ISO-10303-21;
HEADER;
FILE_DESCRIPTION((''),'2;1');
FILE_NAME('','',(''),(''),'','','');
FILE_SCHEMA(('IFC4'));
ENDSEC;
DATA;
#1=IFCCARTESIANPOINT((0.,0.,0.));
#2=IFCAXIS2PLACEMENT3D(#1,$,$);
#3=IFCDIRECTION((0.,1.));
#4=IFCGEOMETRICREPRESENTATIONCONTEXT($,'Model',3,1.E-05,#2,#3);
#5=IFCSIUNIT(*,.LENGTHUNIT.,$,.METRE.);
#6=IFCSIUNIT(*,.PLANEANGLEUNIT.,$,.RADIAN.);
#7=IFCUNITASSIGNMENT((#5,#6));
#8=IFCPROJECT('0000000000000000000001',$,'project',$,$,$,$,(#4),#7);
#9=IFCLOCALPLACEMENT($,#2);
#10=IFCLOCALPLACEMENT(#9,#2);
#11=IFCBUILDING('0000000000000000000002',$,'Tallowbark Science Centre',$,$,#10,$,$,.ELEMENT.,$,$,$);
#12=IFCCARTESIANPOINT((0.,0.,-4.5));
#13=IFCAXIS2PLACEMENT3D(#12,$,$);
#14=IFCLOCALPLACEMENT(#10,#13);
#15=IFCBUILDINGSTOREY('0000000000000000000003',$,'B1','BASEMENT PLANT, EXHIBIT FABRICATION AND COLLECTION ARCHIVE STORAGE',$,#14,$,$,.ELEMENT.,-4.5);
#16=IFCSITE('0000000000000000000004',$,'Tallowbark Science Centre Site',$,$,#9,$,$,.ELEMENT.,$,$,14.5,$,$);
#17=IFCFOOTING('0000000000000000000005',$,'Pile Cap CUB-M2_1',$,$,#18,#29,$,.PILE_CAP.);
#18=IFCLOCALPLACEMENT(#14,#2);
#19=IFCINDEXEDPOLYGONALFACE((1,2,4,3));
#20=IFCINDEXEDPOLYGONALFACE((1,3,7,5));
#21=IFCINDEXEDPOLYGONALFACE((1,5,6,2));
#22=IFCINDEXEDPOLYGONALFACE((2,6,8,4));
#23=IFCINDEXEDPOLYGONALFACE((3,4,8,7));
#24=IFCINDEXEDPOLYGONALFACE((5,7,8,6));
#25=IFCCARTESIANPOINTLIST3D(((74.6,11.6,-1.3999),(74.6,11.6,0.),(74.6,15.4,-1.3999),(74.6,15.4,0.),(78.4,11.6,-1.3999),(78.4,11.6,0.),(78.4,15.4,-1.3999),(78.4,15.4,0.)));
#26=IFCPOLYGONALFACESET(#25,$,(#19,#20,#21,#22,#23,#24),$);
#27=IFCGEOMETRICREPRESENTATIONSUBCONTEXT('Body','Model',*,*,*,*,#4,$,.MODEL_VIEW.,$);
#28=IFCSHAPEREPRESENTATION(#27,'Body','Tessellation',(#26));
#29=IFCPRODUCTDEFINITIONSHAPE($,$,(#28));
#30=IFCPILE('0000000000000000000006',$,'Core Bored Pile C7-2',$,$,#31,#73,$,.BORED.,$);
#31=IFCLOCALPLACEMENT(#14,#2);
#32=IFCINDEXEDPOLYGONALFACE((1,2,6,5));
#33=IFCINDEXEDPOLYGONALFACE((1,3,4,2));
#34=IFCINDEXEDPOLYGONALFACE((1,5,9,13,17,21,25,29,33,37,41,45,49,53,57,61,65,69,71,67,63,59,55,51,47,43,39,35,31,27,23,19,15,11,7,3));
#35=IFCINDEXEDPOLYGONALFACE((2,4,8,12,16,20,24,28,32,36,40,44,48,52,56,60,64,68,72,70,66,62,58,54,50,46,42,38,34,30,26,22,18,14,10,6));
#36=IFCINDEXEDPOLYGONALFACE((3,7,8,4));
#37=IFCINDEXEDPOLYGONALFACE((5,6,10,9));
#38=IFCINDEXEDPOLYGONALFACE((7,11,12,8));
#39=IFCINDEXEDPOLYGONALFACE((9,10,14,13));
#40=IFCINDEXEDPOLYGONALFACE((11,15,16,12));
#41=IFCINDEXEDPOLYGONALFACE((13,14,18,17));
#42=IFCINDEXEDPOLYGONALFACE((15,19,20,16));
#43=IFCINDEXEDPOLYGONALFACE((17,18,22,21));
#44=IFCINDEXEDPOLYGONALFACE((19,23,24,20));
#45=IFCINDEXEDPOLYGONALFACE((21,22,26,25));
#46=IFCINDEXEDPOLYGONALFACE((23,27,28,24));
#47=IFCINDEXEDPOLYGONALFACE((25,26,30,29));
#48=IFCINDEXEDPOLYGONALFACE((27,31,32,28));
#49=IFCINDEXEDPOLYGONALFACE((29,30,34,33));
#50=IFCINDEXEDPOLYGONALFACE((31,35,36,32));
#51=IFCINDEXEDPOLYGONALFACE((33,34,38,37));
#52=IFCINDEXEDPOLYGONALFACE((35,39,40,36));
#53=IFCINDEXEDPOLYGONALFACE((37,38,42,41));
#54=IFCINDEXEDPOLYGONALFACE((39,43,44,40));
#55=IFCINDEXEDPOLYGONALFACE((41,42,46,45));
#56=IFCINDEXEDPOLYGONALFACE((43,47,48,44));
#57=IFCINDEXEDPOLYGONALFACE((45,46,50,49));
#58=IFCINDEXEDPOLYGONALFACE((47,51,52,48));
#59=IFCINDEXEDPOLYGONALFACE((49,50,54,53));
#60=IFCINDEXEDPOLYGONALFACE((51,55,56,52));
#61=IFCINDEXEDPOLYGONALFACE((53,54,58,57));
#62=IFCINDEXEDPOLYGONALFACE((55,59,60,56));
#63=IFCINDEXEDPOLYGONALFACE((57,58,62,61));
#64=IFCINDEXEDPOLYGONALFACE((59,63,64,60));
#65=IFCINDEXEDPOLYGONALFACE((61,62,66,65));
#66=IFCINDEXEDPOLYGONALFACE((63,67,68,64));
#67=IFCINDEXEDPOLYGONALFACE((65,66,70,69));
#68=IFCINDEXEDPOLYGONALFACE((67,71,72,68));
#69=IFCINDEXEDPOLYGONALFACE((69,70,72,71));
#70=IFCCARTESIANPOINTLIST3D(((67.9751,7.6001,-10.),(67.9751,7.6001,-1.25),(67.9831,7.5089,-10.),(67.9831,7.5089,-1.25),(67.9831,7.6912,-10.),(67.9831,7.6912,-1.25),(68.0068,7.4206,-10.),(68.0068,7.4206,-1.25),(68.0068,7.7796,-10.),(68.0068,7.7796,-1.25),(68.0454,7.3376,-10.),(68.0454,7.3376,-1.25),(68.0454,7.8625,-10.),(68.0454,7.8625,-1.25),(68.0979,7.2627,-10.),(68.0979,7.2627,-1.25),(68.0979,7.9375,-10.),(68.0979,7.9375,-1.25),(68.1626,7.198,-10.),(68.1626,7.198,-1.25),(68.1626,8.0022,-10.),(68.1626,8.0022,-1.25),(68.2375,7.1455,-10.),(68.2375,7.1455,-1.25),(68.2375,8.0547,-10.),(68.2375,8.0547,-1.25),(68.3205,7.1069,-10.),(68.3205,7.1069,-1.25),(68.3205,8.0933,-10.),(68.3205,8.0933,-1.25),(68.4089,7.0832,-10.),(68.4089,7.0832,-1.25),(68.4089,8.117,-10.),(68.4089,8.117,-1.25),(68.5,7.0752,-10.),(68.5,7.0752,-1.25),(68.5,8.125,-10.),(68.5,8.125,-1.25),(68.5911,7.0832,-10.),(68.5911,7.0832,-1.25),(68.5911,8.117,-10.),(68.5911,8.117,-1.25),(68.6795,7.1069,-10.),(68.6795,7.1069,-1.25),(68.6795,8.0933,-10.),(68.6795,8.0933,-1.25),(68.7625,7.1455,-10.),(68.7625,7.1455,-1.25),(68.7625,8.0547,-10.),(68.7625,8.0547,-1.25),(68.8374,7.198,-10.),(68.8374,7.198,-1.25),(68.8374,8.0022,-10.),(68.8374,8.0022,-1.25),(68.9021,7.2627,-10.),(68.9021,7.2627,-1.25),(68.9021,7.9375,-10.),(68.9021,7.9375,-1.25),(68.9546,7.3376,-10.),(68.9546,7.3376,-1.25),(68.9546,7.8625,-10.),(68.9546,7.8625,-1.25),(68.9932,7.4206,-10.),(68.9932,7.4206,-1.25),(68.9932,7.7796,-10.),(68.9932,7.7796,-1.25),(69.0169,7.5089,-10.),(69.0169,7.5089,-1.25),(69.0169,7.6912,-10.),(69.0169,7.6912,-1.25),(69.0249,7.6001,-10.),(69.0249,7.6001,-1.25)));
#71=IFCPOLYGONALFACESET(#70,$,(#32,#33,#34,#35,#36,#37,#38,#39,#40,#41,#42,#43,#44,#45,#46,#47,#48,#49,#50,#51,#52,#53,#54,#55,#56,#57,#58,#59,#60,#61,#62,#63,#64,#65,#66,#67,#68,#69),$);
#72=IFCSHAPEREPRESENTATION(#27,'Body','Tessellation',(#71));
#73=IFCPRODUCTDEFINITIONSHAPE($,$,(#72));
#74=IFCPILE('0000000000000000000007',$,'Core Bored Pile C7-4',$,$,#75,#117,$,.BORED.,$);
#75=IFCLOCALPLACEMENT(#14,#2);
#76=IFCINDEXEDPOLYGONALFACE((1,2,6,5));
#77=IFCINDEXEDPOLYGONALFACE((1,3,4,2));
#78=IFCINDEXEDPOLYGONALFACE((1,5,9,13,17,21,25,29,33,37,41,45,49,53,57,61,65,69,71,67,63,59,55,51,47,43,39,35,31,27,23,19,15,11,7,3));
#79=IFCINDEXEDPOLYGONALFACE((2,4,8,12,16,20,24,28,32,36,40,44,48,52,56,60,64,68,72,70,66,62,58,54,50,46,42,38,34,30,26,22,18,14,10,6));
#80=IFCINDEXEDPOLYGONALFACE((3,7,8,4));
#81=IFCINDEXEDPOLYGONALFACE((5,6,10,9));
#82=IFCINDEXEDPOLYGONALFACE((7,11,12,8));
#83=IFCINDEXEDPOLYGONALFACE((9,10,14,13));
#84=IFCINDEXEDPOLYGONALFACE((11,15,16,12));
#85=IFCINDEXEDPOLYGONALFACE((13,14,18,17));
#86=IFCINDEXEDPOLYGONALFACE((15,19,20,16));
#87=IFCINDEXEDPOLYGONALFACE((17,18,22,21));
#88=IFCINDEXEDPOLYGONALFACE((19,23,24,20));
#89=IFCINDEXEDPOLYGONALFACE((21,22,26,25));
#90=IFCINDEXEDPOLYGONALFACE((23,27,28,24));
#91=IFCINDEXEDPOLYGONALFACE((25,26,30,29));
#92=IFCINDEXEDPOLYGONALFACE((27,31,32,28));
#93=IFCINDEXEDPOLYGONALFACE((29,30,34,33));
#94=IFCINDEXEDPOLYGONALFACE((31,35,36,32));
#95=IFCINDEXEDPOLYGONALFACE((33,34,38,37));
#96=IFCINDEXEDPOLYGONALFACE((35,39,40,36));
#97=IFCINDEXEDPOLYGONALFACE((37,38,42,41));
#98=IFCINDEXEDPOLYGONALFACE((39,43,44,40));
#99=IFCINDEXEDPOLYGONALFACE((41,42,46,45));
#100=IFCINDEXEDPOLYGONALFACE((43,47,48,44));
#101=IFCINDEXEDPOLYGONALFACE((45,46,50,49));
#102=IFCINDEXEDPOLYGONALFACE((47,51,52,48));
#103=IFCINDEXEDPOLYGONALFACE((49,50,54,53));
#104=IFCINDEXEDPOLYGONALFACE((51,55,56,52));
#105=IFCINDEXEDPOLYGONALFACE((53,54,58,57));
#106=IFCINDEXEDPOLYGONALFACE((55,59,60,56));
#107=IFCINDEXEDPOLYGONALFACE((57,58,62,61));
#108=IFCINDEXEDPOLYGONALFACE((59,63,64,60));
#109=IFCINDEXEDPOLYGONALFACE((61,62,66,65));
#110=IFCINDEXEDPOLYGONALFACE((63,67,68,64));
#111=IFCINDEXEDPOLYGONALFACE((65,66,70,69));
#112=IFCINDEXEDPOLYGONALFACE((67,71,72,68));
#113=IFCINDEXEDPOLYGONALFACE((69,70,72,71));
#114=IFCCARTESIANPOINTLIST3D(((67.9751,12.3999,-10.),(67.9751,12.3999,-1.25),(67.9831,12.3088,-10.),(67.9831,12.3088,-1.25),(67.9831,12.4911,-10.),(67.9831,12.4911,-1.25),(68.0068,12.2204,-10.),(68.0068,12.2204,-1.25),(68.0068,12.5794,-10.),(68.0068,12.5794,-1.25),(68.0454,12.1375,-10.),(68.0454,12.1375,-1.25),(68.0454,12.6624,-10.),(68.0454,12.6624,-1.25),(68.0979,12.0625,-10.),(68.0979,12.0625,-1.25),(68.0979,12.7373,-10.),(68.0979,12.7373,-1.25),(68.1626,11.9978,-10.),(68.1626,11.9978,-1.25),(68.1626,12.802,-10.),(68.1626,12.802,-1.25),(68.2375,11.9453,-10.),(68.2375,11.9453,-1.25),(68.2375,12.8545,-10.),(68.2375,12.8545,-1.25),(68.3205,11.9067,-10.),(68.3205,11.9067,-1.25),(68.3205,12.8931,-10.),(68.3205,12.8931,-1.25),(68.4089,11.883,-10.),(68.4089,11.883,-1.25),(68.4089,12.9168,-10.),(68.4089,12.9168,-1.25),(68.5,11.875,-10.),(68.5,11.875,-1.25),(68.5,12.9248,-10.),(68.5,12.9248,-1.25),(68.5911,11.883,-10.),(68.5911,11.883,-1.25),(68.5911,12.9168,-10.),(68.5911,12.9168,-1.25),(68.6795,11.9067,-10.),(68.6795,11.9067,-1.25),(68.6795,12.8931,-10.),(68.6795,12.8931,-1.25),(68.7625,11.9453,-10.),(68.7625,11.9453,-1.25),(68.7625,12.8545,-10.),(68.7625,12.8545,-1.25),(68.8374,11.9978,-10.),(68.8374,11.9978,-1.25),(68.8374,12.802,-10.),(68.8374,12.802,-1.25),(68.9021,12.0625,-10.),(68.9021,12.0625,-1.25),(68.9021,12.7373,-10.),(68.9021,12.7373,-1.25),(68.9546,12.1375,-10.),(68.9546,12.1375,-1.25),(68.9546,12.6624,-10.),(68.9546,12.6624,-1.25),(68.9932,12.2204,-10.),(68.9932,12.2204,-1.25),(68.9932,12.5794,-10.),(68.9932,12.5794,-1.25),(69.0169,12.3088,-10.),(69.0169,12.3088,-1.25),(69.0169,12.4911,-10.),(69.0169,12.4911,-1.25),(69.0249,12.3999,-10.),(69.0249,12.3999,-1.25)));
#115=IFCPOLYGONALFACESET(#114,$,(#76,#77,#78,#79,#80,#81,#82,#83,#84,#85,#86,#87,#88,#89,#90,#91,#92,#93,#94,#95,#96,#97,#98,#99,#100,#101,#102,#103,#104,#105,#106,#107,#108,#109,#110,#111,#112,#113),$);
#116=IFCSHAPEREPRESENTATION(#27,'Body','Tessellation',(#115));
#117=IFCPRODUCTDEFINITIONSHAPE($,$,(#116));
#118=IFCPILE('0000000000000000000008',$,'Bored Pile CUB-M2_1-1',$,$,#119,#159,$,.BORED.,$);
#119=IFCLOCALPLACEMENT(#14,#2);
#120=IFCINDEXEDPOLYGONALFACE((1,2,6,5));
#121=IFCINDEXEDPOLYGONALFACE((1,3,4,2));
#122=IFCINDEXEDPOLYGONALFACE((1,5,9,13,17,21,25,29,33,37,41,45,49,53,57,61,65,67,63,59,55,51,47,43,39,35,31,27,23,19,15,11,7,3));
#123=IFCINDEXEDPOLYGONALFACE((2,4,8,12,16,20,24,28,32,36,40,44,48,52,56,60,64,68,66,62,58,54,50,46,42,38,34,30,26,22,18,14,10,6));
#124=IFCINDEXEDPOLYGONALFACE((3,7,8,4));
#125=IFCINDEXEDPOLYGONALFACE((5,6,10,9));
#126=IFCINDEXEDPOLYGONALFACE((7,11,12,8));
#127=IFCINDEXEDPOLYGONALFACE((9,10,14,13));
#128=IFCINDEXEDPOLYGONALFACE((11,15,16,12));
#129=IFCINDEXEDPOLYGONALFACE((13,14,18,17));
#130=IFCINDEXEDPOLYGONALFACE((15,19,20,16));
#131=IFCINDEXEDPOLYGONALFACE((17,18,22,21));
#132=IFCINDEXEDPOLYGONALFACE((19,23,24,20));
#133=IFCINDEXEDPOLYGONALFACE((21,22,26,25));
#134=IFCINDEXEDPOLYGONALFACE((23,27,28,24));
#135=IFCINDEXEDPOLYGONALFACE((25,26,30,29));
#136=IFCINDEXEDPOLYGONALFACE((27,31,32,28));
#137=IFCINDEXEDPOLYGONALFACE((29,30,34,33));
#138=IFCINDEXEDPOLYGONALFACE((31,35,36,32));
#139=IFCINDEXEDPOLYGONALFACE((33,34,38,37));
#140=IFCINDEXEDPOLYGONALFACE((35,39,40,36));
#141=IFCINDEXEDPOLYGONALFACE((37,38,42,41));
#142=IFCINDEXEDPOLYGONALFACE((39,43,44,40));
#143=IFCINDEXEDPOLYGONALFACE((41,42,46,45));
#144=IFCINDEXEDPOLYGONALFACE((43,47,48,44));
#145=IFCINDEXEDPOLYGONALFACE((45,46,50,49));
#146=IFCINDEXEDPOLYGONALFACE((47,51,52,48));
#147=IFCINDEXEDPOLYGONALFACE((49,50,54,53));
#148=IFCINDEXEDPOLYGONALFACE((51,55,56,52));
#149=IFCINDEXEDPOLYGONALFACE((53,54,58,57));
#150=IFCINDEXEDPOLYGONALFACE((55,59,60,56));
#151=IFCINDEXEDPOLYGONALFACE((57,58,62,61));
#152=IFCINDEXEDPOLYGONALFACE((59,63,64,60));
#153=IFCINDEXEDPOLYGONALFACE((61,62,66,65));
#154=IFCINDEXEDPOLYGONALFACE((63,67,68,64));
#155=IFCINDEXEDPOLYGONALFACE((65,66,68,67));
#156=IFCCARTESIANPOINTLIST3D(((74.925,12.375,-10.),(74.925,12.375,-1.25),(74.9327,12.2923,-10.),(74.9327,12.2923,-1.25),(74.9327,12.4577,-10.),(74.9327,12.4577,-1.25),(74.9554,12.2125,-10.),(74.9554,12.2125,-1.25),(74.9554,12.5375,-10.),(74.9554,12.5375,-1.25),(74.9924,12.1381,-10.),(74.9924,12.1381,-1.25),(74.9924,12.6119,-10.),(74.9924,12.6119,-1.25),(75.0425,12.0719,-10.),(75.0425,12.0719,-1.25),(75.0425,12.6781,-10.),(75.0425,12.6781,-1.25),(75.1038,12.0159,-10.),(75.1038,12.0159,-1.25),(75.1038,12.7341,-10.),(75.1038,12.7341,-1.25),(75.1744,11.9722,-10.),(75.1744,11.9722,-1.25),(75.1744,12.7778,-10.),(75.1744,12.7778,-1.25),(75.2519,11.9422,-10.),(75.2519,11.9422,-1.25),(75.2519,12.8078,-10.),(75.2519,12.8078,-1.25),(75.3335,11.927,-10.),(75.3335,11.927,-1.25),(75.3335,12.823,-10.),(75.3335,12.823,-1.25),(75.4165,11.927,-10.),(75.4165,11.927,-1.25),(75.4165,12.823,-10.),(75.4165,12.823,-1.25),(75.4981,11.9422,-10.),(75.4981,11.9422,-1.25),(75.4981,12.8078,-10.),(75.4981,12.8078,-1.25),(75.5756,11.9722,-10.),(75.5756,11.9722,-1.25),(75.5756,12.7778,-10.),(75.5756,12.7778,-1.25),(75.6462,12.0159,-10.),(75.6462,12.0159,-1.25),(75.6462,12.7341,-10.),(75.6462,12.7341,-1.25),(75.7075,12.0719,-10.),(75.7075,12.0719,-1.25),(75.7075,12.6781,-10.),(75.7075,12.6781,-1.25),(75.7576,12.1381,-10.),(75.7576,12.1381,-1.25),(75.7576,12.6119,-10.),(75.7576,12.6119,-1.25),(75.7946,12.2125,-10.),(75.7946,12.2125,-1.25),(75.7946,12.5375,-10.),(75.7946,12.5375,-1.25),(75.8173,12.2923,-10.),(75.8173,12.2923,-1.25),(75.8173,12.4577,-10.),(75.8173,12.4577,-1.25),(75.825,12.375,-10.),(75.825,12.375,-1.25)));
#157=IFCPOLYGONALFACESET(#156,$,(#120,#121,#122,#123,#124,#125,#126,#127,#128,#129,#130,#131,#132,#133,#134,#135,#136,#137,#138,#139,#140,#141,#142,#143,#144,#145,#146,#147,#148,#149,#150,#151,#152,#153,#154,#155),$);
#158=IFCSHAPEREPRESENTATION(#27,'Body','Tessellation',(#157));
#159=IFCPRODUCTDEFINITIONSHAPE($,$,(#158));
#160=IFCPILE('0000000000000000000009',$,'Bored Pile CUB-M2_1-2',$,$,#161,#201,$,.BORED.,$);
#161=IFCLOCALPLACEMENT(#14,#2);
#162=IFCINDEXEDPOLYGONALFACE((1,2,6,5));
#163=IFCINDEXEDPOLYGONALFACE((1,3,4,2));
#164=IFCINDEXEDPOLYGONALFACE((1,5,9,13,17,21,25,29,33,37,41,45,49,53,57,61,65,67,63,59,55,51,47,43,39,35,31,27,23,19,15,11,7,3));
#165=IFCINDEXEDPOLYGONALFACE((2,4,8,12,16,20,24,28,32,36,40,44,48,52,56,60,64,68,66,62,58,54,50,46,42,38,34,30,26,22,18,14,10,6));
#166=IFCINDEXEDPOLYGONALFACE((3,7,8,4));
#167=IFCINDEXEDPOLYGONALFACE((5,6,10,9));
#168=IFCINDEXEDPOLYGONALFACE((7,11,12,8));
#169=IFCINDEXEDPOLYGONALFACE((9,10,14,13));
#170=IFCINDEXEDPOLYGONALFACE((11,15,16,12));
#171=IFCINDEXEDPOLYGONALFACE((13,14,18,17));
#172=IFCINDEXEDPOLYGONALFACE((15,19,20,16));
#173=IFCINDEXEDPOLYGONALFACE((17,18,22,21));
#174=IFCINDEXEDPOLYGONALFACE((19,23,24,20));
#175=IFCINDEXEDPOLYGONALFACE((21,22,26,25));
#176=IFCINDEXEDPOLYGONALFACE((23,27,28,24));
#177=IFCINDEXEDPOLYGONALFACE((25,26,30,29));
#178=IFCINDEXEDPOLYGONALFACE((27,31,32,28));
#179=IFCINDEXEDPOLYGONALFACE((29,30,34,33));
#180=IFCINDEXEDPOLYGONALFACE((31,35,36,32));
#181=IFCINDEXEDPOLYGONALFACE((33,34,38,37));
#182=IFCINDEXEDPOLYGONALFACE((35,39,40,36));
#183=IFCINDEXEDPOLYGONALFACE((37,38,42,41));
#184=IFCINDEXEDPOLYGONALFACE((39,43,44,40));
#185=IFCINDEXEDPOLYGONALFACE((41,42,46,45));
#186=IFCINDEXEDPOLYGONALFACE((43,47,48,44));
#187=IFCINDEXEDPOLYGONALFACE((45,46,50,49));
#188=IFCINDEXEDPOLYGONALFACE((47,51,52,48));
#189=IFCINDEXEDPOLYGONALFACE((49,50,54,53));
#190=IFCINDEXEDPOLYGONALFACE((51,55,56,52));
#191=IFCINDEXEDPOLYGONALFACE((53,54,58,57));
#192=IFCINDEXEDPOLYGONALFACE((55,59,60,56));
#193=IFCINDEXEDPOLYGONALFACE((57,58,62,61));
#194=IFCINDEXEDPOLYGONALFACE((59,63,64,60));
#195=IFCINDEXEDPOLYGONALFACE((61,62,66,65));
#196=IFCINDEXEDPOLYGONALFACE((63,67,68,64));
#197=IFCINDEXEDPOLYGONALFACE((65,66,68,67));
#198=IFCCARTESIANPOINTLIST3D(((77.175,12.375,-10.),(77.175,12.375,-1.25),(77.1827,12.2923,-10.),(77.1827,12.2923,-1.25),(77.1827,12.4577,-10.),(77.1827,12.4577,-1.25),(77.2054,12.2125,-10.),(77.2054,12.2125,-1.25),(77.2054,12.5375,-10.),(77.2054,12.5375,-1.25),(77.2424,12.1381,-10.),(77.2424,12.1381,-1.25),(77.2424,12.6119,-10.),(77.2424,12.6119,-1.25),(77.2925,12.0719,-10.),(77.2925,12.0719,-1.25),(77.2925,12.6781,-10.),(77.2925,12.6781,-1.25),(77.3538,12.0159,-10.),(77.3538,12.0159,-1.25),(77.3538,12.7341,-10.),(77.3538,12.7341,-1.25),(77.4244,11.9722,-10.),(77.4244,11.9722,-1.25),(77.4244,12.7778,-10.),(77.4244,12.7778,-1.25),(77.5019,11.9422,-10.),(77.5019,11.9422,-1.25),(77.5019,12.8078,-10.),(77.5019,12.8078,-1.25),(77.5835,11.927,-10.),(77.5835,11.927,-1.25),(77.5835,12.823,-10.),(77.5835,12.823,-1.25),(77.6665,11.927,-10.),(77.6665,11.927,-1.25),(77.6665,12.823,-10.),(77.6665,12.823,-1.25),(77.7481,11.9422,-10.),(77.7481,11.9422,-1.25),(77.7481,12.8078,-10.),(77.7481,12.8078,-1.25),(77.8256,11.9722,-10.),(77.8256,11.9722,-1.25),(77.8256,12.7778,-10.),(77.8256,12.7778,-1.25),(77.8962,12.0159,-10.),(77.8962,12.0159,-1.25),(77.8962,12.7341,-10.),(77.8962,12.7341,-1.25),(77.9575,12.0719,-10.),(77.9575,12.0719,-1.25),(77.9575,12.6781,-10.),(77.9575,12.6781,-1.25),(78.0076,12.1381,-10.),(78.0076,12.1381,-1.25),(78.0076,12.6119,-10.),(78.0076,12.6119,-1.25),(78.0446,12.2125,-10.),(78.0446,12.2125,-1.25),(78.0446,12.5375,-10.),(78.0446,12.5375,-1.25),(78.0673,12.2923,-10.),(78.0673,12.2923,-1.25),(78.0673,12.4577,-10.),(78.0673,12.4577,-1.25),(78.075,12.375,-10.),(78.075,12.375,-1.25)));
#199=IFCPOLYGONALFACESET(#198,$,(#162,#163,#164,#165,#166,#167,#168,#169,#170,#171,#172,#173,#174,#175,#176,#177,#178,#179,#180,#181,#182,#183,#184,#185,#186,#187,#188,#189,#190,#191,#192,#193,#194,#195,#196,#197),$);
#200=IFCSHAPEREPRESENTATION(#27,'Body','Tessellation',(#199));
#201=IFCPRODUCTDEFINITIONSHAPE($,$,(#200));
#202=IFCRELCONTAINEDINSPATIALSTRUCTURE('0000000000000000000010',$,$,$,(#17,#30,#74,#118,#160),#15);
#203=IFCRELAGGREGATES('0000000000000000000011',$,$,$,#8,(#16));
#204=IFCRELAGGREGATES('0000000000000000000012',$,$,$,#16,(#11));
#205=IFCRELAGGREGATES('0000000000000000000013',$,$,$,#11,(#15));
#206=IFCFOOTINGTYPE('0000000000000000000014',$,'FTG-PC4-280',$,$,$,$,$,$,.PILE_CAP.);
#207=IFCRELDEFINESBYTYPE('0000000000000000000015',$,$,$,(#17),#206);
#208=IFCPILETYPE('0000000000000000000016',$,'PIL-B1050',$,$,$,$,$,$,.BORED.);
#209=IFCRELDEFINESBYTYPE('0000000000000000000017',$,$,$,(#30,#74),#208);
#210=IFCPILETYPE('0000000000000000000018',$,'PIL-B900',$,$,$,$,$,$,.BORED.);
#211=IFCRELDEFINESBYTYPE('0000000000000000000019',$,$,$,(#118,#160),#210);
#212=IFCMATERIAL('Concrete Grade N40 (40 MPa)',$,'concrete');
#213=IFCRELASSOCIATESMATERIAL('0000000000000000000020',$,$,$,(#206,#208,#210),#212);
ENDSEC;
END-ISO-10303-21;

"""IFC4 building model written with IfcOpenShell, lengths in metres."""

from ifc_helpers import new_model, si_unit, direction, frame, origin, origin_2d, place, context, subcontext, project, spatial, rectangle, circle, extrude, material, material_profile, profile_set, type_object, element, save


model = new_model("IFC4")

# Units and contexts
model_context = context("Model", 3, precision=1e-05, world=origin(), true_north=direction((0.0, 1.0)))
body_context = subcontext(model_context, "Body", "Model", "MODEL_VIEW")
ifc_project = project(units=[si_unit("LENGTHUNIT", "METRE"), si_unit("PLANEANGLEUNIT", "RADIAN")], contexts=[model_context])

# Site, building, storey
site_placement = place(None, origin())
site = spatial("IfcSite", under=ifc_project, at=site_placement, Name="Tallowbark Science Centre Site", CompositionType="ELEMENT", RefElevation=14.5)
building_placement = place(site_placement, origin())
building = spatial("IfcBuilding", under=site, at=building_placement, Name="Tallowbark Science Centre", CompositionType="ELEMENT")
storey_placement = place(building_placement, frame((0.0, 0.0, -4.5)))
storey = spatial("IfcBuildingStorey", under=building, at=storey_placement, Name="B1", Description="BASEMENT PLANT, EXHIBIT FABRICATION AND COLLECTION ARCHIVE STORAGE", CompositionType="ELEMENT", Elevation=-4.5)

# Footing
ifc_material_1 = material(Name="Concrete Grade N40 (40 MPa)", Category="concrete")
footing_type = type_object("IfcFootingType", Name="FTG-PC4-280", PredefinedType="PILE_CAP", material=ifc_material_1)
footing_placement = place(storey_placement, frame((76.5, 13.5, -1.3999), z_axis=(0.0, 0.0, 1.0), x_axis=(1.0, 0.0, 0.0)))
element("IfcFooting", 1, at=footing_placement, inside=storey, type_object=footing_type, Name="Pile Cap CUB-M2_1", PredefinedType="PILE_CAP", context=body_context, shape_type="SweptSolid", body=[
    extrude(rectangle(XDim=3.8, YDim=3.8, at=origin_2d()), origin(), (0.0, 0.0, 1.0), 1.3999),
])

# Piles
ifc_material_profile_1 = material_profile(ifc_material_1, circle(Radius=0.5249, at=origin_2d()), Name="PILE1050")
ifc_profile_set_1 = profile_set([ifc_material_profile_1], Name="Concrete Grade N40 (40 MPa)")
pile_type_1 = type_object("IfcPileType", Name="PIL-B1050", PredefinedType="BORED", material=ifc_profile_set_1)
for number, where, z_axis, x_axis, name in (
    (2, (68.5, 7.6001, -1.25), (0.0, 0.0, -1.0), (1.0, 0.0, 0.0), "Core Bored Pile C7-2"),
    (3, (68.5, 12.3999, -1.25), (0.0, 0.0, -1.0), (1.0, 0.0, 0.0), "Core Bored Pile C7-4"),
):
    element("IfcPile", number, at=place(storey_placement, frame(where, z_axis=z_axis, x_axis=x_axis)), inside=storey, type_object=pile_type_1, Name=name, PredefinedType="BORED", context=body_context, shape_type="SweptSolid", body=[
        extrude(circle(Radius=0.5249, at=origin_2d()), origin(), (0.0, 0.0, 1.0), 8.75),
    ])
ifc_material_profile_2 = material_profile(ifc_material_1, circle(Radius=0.45, at=origin_2d()), Name="PILE900")
ifc_profile_set_2 = profile_set([ifc_material_profile_2], Name="Concrete Grade N40 (40 MPa)")
pile_type_2 = type_object("IfcPileType", Name="PIL-B900", PredefinedType="BORED", material=ifc_profile_set_2)
for number, where, z_axis, x_axis, name in (
    (4, (75.375, 12.375, -1.25), (0.0, 0.0, -1.0), (1.0, 0.0, 0.0), "Bored Pile CUB-M2_1-1"),
    (5, (77.625, 12.375, -1.25), (0.0, 0.0, -1.0), (1.0, 0.0, 0.0), "Bored Pile CUB-M2_1-2"),
):
    element("IfcPile", number, at=place(storey_placement, frame(where, z_axis=z_axis, x_axis=x_axis)), inside=storey, type_object=pile_type_2, Name=name, PredefinedType="BORED", context=body_context, shape_type="SweptSolid", body=[
        extrude(circle(Radius=0.45, at=origin_2d()), origin(), (0.0, 0.0, 1.0), 8.75),
    ])

save(model, "model.ifc")
